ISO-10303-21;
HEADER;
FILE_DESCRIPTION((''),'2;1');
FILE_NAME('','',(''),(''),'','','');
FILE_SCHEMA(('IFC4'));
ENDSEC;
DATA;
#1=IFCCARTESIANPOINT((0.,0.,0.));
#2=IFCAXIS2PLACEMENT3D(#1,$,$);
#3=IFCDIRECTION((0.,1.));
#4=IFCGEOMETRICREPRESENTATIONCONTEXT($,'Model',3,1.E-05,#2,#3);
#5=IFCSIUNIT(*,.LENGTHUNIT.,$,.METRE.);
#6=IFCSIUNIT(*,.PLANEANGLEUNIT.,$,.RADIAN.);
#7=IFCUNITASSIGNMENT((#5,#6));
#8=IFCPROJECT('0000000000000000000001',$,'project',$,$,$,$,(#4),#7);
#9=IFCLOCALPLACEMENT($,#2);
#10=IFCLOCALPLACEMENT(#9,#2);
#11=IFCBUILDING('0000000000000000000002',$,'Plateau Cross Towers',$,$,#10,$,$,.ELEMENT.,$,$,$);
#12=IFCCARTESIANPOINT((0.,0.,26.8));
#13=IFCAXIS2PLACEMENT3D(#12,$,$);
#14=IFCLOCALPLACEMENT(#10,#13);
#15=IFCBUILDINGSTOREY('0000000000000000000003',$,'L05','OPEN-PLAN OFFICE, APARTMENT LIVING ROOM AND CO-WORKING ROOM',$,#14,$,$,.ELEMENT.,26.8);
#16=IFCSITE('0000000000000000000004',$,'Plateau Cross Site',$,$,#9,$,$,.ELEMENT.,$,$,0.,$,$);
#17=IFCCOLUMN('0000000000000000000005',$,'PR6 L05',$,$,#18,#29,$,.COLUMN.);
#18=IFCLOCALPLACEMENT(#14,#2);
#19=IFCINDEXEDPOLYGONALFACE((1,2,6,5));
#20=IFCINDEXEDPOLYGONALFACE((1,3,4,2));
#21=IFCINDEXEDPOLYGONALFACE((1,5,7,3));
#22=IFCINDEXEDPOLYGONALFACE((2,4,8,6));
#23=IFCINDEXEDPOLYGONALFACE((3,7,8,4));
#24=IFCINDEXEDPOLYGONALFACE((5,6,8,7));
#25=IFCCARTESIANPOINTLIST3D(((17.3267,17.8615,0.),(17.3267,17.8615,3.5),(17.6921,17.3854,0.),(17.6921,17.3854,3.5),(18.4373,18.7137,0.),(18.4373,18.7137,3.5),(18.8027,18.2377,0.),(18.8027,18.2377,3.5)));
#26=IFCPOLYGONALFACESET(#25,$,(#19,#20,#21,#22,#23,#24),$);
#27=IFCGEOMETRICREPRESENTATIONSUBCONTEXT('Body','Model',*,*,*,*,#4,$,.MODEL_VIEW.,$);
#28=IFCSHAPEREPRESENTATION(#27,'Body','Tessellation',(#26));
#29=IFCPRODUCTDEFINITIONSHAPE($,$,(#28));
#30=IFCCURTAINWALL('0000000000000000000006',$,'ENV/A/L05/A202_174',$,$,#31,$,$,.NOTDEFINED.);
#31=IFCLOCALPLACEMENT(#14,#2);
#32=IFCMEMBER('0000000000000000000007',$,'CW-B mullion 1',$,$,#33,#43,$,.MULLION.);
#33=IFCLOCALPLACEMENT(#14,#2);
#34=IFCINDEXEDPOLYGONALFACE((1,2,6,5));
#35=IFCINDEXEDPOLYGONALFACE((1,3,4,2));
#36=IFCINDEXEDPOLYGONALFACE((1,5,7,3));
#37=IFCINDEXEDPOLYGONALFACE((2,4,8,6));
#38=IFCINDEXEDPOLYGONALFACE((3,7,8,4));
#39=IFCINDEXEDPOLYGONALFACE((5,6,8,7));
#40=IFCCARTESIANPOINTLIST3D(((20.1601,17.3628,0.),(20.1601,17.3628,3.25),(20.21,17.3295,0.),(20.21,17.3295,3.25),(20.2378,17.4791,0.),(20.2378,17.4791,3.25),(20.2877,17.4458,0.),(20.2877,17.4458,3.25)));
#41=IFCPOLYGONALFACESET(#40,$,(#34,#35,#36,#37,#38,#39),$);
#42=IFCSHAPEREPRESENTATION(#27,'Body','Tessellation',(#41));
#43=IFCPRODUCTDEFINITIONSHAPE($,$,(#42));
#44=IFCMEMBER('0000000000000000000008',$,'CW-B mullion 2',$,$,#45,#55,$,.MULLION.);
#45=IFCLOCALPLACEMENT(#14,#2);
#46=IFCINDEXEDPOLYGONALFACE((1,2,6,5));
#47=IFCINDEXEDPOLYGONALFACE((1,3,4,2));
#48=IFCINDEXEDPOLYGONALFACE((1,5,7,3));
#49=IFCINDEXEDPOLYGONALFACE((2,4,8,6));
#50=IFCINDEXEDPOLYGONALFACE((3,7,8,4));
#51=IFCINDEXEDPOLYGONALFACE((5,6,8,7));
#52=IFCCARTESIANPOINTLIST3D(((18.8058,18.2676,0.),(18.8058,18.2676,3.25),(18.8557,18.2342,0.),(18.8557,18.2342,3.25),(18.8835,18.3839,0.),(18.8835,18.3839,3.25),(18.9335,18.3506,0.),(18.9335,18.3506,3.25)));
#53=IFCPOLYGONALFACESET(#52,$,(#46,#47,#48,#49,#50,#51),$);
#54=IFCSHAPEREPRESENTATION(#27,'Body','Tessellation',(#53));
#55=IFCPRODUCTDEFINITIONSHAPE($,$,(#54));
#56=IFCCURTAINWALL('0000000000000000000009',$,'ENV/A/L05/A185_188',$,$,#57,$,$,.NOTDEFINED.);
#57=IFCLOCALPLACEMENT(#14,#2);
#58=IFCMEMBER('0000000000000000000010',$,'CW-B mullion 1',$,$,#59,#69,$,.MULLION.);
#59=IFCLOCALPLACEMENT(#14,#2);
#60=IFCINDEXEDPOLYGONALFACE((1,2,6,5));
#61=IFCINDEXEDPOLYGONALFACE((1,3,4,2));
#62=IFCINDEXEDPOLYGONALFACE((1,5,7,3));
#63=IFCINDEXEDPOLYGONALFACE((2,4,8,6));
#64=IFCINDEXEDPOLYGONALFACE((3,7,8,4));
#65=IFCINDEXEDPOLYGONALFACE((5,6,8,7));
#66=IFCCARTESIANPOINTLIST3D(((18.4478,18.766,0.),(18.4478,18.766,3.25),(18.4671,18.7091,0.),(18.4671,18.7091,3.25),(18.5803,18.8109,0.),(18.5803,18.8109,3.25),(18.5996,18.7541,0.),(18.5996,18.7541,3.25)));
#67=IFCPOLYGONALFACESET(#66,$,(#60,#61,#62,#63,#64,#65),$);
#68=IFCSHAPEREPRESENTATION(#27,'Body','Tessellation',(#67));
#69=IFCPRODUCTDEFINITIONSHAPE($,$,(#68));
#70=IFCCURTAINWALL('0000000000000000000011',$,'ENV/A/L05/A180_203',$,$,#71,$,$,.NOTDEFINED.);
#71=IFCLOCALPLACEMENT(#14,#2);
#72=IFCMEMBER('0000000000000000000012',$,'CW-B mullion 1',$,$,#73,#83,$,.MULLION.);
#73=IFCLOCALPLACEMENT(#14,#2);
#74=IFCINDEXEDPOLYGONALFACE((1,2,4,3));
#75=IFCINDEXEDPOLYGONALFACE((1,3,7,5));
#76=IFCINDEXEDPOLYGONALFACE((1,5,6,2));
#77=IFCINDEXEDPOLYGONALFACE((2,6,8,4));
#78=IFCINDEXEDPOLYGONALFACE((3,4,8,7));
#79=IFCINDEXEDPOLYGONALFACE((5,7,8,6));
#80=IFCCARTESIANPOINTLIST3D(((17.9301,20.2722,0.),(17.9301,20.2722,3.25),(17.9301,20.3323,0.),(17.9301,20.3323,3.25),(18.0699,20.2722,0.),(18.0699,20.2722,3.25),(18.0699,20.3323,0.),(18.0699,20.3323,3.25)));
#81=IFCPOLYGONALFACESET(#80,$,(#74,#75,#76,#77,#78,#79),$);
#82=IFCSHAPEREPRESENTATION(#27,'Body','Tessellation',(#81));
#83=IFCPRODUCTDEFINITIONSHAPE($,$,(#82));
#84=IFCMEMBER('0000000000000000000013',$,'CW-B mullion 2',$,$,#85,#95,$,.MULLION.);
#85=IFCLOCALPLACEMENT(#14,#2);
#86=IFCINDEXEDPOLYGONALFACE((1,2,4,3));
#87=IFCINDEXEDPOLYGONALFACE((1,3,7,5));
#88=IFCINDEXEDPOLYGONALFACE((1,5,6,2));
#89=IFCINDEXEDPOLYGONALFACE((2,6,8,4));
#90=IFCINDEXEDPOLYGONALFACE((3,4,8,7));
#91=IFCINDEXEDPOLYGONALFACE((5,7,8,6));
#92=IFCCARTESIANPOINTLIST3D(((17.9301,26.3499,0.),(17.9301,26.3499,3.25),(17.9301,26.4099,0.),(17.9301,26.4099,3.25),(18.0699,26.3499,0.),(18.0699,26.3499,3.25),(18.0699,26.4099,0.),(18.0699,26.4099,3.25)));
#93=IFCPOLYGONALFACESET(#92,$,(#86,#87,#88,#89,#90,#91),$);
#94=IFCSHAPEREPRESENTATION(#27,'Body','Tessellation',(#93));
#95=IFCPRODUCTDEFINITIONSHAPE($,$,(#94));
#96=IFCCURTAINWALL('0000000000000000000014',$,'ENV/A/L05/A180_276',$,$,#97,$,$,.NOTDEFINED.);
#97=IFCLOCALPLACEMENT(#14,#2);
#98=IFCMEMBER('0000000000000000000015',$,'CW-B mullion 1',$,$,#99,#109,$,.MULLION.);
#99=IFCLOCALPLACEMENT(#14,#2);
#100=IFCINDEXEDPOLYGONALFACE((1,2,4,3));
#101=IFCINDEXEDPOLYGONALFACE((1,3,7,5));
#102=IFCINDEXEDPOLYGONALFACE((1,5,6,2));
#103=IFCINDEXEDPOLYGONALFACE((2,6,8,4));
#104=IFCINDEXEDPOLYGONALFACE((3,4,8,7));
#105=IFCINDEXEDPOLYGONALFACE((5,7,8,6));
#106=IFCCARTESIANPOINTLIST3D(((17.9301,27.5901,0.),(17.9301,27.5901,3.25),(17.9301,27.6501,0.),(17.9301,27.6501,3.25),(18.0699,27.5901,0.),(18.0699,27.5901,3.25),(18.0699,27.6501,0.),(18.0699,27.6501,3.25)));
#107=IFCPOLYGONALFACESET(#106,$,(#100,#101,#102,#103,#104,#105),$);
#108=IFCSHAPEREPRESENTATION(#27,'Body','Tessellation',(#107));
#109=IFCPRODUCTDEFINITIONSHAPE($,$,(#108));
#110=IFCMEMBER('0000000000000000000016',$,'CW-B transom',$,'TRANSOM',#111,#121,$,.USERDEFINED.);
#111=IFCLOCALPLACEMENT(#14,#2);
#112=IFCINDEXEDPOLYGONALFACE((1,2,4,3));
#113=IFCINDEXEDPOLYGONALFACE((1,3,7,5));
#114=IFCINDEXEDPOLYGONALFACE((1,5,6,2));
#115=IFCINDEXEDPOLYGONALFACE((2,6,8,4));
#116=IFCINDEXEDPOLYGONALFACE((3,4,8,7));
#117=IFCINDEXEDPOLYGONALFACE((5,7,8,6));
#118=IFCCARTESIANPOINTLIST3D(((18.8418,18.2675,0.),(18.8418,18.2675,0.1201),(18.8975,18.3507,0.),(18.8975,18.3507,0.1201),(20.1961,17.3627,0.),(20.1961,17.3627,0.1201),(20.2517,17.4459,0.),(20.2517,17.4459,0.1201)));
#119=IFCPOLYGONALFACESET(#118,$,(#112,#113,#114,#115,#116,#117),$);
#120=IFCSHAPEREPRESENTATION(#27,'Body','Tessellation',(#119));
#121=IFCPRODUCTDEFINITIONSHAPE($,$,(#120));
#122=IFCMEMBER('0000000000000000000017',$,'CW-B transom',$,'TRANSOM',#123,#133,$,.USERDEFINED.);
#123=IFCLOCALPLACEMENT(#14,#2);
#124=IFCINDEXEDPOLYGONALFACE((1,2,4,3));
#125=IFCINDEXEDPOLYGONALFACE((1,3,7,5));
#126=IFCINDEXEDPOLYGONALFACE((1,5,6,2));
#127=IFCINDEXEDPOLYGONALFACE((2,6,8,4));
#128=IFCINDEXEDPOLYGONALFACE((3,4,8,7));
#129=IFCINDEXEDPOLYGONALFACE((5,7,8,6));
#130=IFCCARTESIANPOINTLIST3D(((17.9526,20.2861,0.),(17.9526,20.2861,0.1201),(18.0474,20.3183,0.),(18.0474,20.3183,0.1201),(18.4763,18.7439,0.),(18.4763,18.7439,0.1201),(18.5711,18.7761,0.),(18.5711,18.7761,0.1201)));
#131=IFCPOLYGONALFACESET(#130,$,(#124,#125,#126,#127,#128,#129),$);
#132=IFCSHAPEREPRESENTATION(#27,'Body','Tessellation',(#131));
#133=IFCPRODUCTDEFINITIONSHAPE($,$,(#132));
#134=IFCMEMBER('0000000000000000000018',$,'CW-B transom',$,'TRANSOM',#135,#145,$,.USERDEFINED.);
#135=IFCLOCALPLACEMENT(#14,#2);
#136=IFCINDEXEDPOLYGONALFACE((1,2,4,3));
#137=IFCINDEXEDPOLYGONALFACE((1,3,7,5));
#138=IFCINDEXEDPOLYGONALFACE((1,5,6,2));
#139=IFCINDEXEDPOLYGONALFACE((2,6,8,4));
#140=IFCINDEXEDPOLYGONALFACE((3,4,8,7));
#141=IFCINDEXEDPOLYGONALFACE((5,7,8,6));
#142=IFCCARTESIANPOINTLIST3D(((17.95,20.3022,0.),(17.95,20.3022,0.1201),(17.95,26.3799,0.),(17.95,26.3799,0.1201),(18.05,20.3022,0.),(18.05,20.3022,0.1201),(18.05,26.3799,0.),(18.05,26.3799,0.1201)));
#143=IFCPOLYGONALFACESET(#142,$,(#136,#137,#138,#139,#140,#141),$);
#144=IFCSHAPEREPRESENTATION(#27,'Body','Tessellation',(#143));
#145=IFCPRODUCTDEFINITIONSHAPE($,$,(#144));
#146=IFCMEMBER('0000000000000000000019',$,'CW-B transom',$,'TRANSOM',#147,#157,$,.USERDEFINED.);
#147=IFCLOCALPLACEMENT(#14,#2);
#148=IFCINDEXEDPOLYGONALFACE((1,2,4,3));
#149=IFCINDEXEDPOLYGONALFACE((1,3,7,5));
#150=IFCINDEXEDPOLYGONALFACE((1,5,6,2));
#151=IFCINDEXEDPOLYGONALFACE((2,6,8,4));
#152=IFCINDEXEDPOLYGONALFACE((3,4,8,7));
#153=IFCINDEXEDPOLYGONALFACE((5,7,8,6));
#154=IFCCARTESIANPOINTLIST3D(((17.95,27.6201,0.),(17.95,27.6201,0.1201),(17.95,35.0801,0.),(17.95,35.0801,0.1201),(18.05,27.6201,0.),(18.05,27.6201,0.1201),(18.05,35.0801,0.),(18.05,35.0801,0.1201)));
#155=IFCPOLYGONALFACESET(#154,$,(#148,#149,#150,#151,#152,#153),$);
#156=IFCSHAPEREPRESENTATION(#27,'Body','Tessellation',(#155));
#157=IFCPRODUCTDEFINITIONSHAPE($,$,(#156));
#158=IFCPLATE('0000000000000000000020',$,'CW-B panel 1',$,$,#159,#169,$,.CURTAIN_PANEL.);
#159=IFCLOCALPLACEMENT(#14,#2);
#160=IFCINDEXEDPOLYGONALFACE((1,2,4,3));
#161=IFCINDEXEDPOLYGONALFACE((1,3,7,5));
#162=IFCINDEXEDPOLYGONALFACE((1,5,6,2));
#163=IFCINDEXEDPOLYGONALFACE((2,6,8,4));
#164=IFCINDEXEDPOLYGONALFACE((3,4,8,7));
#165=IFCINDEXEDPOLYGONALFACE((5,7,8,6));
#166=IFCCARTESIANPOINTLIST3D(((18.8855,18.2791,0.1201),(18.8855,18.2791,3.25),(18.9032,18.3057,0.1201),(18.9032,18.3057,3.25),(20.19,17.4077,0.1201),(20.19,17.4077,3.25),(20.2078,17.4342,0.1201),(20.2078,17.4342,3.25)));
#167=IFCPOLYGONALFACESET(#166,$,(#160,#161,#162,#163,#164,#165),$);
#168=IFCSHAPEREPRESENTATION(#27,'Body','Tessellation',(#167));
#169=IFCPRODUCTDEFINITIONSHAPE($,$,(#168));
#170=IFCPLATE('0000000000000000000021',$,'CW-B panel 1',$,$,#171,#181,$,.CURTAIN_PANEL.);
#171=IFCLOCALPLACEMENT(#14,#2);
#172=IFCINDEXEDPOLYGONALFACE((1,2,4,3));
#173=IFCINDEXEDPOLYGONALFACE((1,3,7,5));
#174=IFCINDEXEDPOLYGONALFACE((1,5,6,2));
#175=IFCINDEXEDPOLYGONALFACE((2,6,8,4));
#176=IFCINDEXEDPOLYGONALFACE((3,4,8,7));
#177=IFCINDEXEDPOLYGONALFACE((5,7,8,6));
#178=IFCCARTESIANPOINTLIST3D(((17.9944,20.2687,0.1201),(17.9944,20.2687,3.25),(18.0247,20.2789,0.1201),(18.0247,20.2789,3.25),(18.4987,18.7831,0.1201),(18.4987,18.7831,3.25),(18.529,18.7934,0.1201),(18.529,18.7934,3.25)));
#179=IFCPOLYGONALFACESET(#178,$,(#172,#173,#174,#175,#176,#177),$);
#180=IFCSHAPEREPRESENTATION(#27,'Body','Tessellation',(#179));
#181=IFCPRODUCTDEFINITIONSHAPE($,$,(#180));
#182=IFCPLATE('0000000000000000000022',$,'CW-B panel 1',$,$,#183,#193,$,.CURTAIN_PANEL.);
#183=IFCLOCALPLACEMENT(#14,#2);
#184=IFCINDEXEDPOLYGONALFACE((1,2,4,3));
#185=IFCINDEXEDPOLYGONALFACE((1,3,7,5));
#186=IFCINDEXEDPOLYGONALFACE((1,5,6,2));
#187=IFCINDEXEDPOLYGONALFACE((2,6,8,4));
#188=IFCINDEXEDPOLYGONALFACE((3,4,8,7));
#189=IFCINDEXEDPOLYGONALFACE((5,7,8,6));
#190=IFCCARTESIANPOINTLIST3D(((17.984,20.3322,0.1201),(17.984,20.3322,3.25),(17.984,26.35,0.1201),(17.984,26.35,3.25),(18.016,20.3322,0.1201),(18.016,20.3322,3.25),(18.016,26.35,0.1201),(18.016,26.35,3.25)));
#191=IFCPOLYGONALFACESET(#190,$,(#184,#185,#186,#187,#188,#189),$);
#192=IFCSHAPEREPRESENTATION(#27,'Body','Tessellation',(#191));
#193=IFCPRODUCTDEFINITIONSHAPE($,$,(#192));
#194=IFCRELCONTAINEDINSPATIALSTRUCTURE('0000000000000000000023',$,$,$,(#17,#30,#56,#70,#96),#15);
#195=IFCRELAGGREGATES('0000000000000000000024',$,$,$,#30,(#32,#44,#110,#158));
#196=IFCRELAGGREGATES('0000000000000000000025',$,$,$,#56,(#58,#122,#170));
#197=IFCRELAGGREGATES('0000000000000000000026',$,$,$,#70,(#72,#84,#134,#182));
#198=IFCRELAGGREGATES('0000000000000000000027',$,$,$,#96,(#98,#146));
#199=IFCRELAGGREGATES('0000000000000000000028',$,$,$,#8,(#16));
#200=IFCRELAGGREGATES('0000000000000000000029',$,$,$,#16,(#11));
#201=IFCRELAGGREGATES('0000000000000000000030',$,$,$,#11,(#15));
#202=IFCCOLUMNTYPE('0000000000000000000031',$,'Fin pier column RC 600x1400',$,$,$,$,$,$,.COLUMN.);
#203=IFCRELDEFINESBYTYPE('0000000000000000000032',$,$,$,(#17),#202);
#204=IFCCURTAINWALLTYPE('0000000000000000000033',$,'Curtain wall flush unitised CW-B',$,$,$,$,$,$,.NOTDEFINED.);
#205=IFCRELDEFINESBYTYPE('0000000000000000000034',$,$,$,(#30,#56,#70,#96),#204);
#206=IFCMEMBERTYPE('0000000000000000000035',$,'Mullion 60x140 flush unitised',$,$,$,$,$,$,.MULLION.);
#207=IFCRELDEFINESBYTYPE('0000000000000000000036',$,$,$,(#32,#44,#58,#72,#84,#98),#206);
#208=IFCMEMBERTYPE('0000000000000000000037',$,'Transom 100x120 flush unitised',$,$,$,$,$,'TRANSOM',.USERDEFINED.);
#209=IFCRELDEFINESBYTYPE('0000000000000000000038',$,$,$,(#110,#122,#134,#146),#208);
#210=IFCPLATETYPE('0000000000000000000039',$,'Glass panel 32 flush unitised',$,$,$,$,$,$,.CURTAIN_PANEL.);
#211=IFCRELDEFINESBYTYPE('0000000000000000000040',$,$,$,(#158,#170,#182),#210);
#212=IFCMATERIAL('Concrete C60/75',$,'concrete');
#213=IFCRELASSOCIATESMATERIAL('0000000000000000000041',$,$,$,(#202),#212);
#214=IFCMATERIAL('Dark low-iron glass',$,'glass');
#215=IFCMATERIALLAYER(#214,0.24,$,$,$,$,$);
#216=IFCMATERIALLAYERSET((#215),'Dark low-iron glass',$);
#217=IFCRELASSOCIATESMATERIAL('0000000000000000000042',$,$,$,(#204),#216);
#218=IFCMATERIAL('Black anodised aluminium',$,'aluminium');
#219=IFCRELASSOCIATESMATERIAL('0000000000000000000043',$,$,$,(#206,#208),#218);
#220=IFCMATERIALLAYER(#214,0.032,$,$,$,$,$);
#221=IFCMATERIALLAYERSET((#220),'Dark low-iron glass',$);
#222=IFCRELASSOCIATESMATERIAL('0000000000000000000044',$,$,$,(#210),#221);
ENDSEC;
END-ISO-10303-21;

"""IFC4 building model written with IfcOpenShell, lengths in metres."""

from ifc_helpers import new_model, si_unit, direction, frame, origin, origin_2d, place, context, subcontext, project, spatial, rectangle, extrude, material, layer, layer_set, material_profile, profile_set, type_object, element, aggregate, save


model = new_model("IFC4")

# Units and contexts
model_context = context("Model", 3, precision=1e-05, world=origin(), true_north=direction((0.0, 1.0)))
body_context = subcontext(model_context, "Body", "Model", "MODEL_VIEW")
ifc_project = project(units=[si_unit("LENGTHUNIT", "METRE"), si_unit("PLANEANGLEUNIT", "RADIAN")], contexts=[model_context])

# Site, building, storey
site_placement = place(None, origin())
site = spatial("IfcSite", under=ifc_project, at=site_placement, Name="Plateau Cross Site", CompositionType="ELEMENT", RefElevation=0.0)
building_placement = place(site_placement, origin())
building = spatial("IfcBuilding", under=site, at=building_placement, Name="Plateau Cross Towers", CompositionType="ELEMENT")
storey_placement = place(building_placement, frame((0.0, 0.0, 26.8)))
storey = spatial("IfcBuildingStorey", under=building, at=storey_placement, Name="L05", Description="OPEN-PLAN OFFICE, APARTMENT LIVING ROOM AND CO-WORKING ROOM", CompositionType="ELEMENT", Elevation=26.8)

# Column
ifc_material_1 = material(Name="Concrete C60/75", Category="concrete")
ifc_material_profile_1 = material_profile(ifc_material_1, rectangle(XDim=0.6001, YDim=1.3999, at=origin_2d()), Name="RC 600x1400")
ifc_profile_set_1 = profile_set([ifc_material_profile_1], Name="Concrete C60/75")
column_type = type_object("IfcColumnType", Name="Fin pier column RC 600x1400", PredefinedType="COLUMN", material=ifc_profile_set_1)
column_placement = place(storey_placement, frame((18.0647, 18.0496, 0.0), z_axis=(0.0, 0.0, 1.0), x_axis=(-0.608811, 0.793315, 0.0)))
element("IfcColumn", 1, at=column_placement, inside=storey, type_object=column_type, Name="PR6 L05", PredefinedType="COLUMN", context=body_context, shape_type="SweptSolid", body=[
    extrude(rectangle(XDim=0.6001, YDim=1.3999, at=origin_2d()), origin(), (0.0, 0.0, 1.0), 3.5),
])

# Curtain wall, members
ifc_material_2 = material(Name="Dark low-iron glass", Category="glass")
ifc_layer_1 = layer(ifc_material_2, 0.24)
ifc_layer_set_1 = layer_set([ifc_layer_1], Name="Dark low-iron glass")
curtain_wall_type = type_object("IfcCurtainWallType", Name="Curtain wall flush unitised CW-B", PredefinedType="NOTDEFINED", material=ifc_layer_set_1)
curtain_wall_1_placement = place(storey_placement, origin())
curtain_wall_1 = element("IfcCurtainWall", 2, at=curtain_wall_1_placement, inside=storey, type_object=curtain_wall_type, Name="ENV/A/L05/A202_174", PredefinedType="NOTDEFINED")
ifc_material_3 = material(Name="Black anodised aluminium", Category="aluminium")
ifc_material_profile_2 = material_profile(ifc_material_3, rectangle(XDim=0.0601, YDim=0.1399, at=origin_2d()), Name="MULLION 60x140")
ifc_profile_set_2 = profile_set([ifc_material_profile_2], Name="Black anodised aluminium")
member_type_1 = type_object("IfcMemberType", Name="Mullion 60x140 flush unitised", PredefinedType="MULLION", material=ifc_profile_set_2)
member_1_placement = place(storey_placement, frame((20.2239, 17.4043, 0.0), z_axis=(0.0, 0.0, 1.0), x_axis=(-0.831521, 0.555493, 0.0)))
member_1 = element("IfcMember", 3, at=member_1_placement, type_object=member_type_1, Name="CW-B mullion 1", PredefinedType="MULLION", context=body_context, shape_type="SweptSolid", body=[
    extrude(rectangle(XDim=0.0601, YDim=0.1399, at=origin_2d()), origin(), (0.0, 0.0, 1.0), 3.25),
])
member_2_placement = place(storey_placement, frame((18.8696, 18.3091, 0.0), z_axis=(0.0, 0.0, 1.0), x_axis=(-0.831521, 0.555493, 0.0)))
member_2 = element("IfcMember", 4, at=member_2_placement, type_object=member_type_1, Name="CW-B mullion 2", PredefinedType="MULLION", context=body_context, shape_type="SweptSolid", body=[
    extrude(rectangle(XDim=0.0601, YDim=0.1399, at=origin_2d()), origin(), (0.0, 0.0, 1.0), 3.25),
])

# Curtain wall, member
curtain_wall_2_placement = place(storey_placement, origin())
curtain_wall_2 = element("IfcCurtainWall", 5, at=curtain_wall_2_placement, inside=storey, type_object=curtain_wall_type, Name="ENV/A/L05/A185_188", PredefinedType="NOTDEFINED")
member_3_placement = place(storey_placement, frame((18.5237, 18.76, 0.0), z_axis=(0.0, 0.0, 1.0), x_axis=(-0.321469, 0.94692, 0.0)))
member_3 = element("IfcMember", 6, at=member_3_placement, type_object=member_type_1, Name="CW-B mullion 1", PredefinedType="MULLION", context=body_context, shape_type="SweptSolid", body=[
    extrude(rectangle(XDim=0.0601, YDim=0.1399, at=origin_2d()), origin(), (0.0, 0.0, 1.0), 3.25),
])

# Curtain wall, members
curtain_wall_3_placement = place(storey_placement, origin())
curtain_wall_3 = element("IfcCurtainWall", 7, at=curtain_wall_3_placement, inside=storey, type_object=curtain_wall_type, Name="ENV/A/L05/A180_203", PredefinedType="NOTDEFINED")
member_4_placement = place(storey_placement, frame((18.0, 20.3022, 0.0), z_axis=(0.0, 0.0, 1.0), x_axis=(0.0, 1.0, 0.0)))
member_4 = element("IfcMember", 8, at=member_4_placement, type_object=member_type_1, Name="CW-B mullion 1", PredefinedType="MULLION", context=body_context, shape_type="SweptSolid", body=[
    extrude(rectangle(XDim=0.0601, YDim=0.1399, at=origin_2d()), origin(), (0.0, 0.0, 1.0), 3.25),
])
member_5_placement = place(storey_placement, frame((18.0, 26.3799, 0.0), z_axis=(0.0, 0.0, 1.0), x_axis=(0.0, 1.0, 0.0)))
member_5 = element("IfcMember", 9, at=member_5_placement, type_object=member_type_1, Name="CW-B mullion 2", PredefinedType="MULLION", context=body_context, shape_type="SweptSolid", body=[
    extrude(rectangle(XDim=0.0601, YDim=0.1399, at=origin_2d()), origin(), (0.0, 0.0, 1.0), 3.25),
])

# Curtain wall, member
curtain_wall_4_placement = place(storey_placement, origin())
curtain_wall_4 = element("IfcCurtainWall", 10, at=curtain_wall_4_placement, inside=storey, type_object=curtain_wall_type, Name="ENV/A/L05/A180_276", PredefinedType="NOTDEFINED")
member_6_placement = place(storey_placement, frame((18.0, 27.6201, 0.0), z_axis=(0.0, 0.0, 1.0), x_axis=(0.0, 1.0, 0.0)))
member_6 = element("IfcMember", 11, at=member_6_placement, type_object=member_type_1, Name="CW-B mullion 1", PredefinedType="MULLION", context=body_context, shape_type="SweptSolid", body=[
    extrude(rectangle(XDim=0.0601, YDim=0.1399, at=origin_2d()), origin(), (0.0, 0.0, 1.0), 3.25),
])

# Members
ifc_material_profile_3 = material_profile(ifc_material_3, rectangle(XDim=0.1001, YDim=0.1201, at=origin_2d()), Name="TRANSOM 100x120")
ifc_profile_set_3 = profile_set([ifc_material_profile_3], Name="Black anodised aluminium")
member_type_2 = type_object("IfcMemberType", Name="Transom 100x120 flush unitised", ElementType="TRANSOM", PredefinedType="USERDEFINED", material=ifc_profile_set_3)
member_7_placement = place(storey_placement, frame((20.2239, 17.4043, 0.0601), z_axis=(-0.831496, 0.55553, 0.0), x_axis=(-0.55553, -0.831496, 0.0)))
member_7 = element("IfcMember", 12, at=member_7_placement, type_object=member_type_2, Name="CW-B transom", ObjectType="TRANSOM", PredefinedType="USERDEFINED", context=body_context, shape_type="SweptSolid", body=[
    extrude(rectangle(XDim=0.1001, YDim=0.1201, at=origin_2d()), origin(), (0.0, 0.0, 1.0), 1.6287),
])
member_8_placement = place(storey_placement, frame((18.5237, 18.76, 0.0601), z_axis=(-0.321529, 0.9469, 0.0), x_axis=(-0.9469, -0.321529, 0.0)))
member_8 = element("IfcMember", 13, at=member_8_placement, type_object=member_type_2, Name="CW-B transom", ObjectType="TRANSOM", PredefinedType="USERDEFINED", context=body_context, shape_type="SweptSolid", body=[
    extrude(rectangle(XDim=0.1001, YDim=0.1201, at=origin_2d()), origin(), (0.0, 0.0, 1.0), 1.6287),
])
member_9_placement = place(storey_placement, frame((18.0, 20.3022, 0.0601), z_axis=(0.0, 1.0, 0.0), x_axis=(-1.0, 0.0, 0.0)))
member_9 = element("IfcMember", 14, at=member_9_placement, type_object=member_type_2, Name="CW-B transom", ObjectType="TRANSOM", PredefinedType="USERDEFINED", context=body_context, shape_type="SweptSolid", body=[
    extrude(rectangle(XDim=0.1001, YDim=0.1201, at=origin_2d()), origin(), (0.0, 0.0, 1.0), 6.0776),
])
member_10_placement = place(storey_placement, frame((18.0, 27.6201, 0.0601), z_axis=(0.0, 1.0, 0.0), x_axis=(-1.0, 0.0, 0.0)))
member_10 = element("IfcMember", 15, at=member_10_placement, type_object=member_type_2, Name="CW-B transom", ObjectType="TRANSOM", PredefinedType="USERDEFINED", context=body_context, shape_type="SweptSolid", body=[
    extrude(rectangle(XDim=0.1001, YDim=0.1201, at=origin_2d()), origin(), (0.0, 0.0, 1.0), 7.46),
])

# Plates
ifc_layer_2 = layer(ifc_material_2, 0.032)
ifc_layer_set_2 = layer_set([ifc_layer_2], Name="Dark low-iron glass")
plate_type = type_object("IfcPlateType", Name="Glass panel 32 flush unitised", PredefinedType="CURTAIN_PANEL", material=ifc_layer_set_2)
plate_1_placement = place(storey_placement, frame((19.5466, 17.8567, 0.1201), z_axis=(0.0, 0.0, 1.0), x_axis=(-0.831521, 0.555493, 0.0)))
plate_1 = element("IfcPlate", 16, at=plate_1_placement, type_object=plate_type, Name="CW-B panel 1", PredefinedType="CURTAIN_PANEL", context=body_context, shape_type="SweptSolid", body=[
    extrude(rectangle(XDim=1.5688, YDim=0.032, at=origin_2d()), origin(), (0.0, 0.0, 1.0), 3.1299),
])
aggregate(curtain_wall_1, [member_1, member_2, member_7, plate_1])
plate_2_placement = place(storey_placement, frame((18.2617, 19.531, 0.1201), z_axis=(0.0, 0.0, 1.0), x_axis=(-0.321469, 0.94692, 0.0)))
plate_2 = element("IfcPlate", 17, at=plate_2_placement, type_object=plate_type, Name="CW-B panel 1", PredefinedType="CURTAIN_PANEL", context=body_context, shape_type="SweptSolid", body=[
    extrude(rectangle(XDim=1.5688, YDim=0.032, at=origin_2d()), origin(), (0.0, 0.0, 1.0), 3.1299),
])
aggregate(curtain_wall_2, [member_3, member_8, plate_2])
plate_3_placement = place(storey_placement, frame((18.0, 23.3411, 0.1201), z_axis=(0.0, 0.0, 1.0), x_axis=(0.0, 1.0, 0.0)))
plate_3 = element("IfcPlate", 18, at=plate_3_placement, type_object=plate_type, Name="CW-B panel 1", PredefinedType="CURTAIN_PANEL", context=body_context, shape_type="SweptSolid", body=[
    extrude(rectangle(XDim=6.0178, YDim=0.032, at=origin_2d()), origin(), (0.0, 0.0, 1.0), 3.1299),
])
aggregate(curtain_wall_3, [member_4, member_5, member_9, plate_3])
aggregate(curtain_wall_4, [member_6, member_10])

save(model, "model.ifc")
